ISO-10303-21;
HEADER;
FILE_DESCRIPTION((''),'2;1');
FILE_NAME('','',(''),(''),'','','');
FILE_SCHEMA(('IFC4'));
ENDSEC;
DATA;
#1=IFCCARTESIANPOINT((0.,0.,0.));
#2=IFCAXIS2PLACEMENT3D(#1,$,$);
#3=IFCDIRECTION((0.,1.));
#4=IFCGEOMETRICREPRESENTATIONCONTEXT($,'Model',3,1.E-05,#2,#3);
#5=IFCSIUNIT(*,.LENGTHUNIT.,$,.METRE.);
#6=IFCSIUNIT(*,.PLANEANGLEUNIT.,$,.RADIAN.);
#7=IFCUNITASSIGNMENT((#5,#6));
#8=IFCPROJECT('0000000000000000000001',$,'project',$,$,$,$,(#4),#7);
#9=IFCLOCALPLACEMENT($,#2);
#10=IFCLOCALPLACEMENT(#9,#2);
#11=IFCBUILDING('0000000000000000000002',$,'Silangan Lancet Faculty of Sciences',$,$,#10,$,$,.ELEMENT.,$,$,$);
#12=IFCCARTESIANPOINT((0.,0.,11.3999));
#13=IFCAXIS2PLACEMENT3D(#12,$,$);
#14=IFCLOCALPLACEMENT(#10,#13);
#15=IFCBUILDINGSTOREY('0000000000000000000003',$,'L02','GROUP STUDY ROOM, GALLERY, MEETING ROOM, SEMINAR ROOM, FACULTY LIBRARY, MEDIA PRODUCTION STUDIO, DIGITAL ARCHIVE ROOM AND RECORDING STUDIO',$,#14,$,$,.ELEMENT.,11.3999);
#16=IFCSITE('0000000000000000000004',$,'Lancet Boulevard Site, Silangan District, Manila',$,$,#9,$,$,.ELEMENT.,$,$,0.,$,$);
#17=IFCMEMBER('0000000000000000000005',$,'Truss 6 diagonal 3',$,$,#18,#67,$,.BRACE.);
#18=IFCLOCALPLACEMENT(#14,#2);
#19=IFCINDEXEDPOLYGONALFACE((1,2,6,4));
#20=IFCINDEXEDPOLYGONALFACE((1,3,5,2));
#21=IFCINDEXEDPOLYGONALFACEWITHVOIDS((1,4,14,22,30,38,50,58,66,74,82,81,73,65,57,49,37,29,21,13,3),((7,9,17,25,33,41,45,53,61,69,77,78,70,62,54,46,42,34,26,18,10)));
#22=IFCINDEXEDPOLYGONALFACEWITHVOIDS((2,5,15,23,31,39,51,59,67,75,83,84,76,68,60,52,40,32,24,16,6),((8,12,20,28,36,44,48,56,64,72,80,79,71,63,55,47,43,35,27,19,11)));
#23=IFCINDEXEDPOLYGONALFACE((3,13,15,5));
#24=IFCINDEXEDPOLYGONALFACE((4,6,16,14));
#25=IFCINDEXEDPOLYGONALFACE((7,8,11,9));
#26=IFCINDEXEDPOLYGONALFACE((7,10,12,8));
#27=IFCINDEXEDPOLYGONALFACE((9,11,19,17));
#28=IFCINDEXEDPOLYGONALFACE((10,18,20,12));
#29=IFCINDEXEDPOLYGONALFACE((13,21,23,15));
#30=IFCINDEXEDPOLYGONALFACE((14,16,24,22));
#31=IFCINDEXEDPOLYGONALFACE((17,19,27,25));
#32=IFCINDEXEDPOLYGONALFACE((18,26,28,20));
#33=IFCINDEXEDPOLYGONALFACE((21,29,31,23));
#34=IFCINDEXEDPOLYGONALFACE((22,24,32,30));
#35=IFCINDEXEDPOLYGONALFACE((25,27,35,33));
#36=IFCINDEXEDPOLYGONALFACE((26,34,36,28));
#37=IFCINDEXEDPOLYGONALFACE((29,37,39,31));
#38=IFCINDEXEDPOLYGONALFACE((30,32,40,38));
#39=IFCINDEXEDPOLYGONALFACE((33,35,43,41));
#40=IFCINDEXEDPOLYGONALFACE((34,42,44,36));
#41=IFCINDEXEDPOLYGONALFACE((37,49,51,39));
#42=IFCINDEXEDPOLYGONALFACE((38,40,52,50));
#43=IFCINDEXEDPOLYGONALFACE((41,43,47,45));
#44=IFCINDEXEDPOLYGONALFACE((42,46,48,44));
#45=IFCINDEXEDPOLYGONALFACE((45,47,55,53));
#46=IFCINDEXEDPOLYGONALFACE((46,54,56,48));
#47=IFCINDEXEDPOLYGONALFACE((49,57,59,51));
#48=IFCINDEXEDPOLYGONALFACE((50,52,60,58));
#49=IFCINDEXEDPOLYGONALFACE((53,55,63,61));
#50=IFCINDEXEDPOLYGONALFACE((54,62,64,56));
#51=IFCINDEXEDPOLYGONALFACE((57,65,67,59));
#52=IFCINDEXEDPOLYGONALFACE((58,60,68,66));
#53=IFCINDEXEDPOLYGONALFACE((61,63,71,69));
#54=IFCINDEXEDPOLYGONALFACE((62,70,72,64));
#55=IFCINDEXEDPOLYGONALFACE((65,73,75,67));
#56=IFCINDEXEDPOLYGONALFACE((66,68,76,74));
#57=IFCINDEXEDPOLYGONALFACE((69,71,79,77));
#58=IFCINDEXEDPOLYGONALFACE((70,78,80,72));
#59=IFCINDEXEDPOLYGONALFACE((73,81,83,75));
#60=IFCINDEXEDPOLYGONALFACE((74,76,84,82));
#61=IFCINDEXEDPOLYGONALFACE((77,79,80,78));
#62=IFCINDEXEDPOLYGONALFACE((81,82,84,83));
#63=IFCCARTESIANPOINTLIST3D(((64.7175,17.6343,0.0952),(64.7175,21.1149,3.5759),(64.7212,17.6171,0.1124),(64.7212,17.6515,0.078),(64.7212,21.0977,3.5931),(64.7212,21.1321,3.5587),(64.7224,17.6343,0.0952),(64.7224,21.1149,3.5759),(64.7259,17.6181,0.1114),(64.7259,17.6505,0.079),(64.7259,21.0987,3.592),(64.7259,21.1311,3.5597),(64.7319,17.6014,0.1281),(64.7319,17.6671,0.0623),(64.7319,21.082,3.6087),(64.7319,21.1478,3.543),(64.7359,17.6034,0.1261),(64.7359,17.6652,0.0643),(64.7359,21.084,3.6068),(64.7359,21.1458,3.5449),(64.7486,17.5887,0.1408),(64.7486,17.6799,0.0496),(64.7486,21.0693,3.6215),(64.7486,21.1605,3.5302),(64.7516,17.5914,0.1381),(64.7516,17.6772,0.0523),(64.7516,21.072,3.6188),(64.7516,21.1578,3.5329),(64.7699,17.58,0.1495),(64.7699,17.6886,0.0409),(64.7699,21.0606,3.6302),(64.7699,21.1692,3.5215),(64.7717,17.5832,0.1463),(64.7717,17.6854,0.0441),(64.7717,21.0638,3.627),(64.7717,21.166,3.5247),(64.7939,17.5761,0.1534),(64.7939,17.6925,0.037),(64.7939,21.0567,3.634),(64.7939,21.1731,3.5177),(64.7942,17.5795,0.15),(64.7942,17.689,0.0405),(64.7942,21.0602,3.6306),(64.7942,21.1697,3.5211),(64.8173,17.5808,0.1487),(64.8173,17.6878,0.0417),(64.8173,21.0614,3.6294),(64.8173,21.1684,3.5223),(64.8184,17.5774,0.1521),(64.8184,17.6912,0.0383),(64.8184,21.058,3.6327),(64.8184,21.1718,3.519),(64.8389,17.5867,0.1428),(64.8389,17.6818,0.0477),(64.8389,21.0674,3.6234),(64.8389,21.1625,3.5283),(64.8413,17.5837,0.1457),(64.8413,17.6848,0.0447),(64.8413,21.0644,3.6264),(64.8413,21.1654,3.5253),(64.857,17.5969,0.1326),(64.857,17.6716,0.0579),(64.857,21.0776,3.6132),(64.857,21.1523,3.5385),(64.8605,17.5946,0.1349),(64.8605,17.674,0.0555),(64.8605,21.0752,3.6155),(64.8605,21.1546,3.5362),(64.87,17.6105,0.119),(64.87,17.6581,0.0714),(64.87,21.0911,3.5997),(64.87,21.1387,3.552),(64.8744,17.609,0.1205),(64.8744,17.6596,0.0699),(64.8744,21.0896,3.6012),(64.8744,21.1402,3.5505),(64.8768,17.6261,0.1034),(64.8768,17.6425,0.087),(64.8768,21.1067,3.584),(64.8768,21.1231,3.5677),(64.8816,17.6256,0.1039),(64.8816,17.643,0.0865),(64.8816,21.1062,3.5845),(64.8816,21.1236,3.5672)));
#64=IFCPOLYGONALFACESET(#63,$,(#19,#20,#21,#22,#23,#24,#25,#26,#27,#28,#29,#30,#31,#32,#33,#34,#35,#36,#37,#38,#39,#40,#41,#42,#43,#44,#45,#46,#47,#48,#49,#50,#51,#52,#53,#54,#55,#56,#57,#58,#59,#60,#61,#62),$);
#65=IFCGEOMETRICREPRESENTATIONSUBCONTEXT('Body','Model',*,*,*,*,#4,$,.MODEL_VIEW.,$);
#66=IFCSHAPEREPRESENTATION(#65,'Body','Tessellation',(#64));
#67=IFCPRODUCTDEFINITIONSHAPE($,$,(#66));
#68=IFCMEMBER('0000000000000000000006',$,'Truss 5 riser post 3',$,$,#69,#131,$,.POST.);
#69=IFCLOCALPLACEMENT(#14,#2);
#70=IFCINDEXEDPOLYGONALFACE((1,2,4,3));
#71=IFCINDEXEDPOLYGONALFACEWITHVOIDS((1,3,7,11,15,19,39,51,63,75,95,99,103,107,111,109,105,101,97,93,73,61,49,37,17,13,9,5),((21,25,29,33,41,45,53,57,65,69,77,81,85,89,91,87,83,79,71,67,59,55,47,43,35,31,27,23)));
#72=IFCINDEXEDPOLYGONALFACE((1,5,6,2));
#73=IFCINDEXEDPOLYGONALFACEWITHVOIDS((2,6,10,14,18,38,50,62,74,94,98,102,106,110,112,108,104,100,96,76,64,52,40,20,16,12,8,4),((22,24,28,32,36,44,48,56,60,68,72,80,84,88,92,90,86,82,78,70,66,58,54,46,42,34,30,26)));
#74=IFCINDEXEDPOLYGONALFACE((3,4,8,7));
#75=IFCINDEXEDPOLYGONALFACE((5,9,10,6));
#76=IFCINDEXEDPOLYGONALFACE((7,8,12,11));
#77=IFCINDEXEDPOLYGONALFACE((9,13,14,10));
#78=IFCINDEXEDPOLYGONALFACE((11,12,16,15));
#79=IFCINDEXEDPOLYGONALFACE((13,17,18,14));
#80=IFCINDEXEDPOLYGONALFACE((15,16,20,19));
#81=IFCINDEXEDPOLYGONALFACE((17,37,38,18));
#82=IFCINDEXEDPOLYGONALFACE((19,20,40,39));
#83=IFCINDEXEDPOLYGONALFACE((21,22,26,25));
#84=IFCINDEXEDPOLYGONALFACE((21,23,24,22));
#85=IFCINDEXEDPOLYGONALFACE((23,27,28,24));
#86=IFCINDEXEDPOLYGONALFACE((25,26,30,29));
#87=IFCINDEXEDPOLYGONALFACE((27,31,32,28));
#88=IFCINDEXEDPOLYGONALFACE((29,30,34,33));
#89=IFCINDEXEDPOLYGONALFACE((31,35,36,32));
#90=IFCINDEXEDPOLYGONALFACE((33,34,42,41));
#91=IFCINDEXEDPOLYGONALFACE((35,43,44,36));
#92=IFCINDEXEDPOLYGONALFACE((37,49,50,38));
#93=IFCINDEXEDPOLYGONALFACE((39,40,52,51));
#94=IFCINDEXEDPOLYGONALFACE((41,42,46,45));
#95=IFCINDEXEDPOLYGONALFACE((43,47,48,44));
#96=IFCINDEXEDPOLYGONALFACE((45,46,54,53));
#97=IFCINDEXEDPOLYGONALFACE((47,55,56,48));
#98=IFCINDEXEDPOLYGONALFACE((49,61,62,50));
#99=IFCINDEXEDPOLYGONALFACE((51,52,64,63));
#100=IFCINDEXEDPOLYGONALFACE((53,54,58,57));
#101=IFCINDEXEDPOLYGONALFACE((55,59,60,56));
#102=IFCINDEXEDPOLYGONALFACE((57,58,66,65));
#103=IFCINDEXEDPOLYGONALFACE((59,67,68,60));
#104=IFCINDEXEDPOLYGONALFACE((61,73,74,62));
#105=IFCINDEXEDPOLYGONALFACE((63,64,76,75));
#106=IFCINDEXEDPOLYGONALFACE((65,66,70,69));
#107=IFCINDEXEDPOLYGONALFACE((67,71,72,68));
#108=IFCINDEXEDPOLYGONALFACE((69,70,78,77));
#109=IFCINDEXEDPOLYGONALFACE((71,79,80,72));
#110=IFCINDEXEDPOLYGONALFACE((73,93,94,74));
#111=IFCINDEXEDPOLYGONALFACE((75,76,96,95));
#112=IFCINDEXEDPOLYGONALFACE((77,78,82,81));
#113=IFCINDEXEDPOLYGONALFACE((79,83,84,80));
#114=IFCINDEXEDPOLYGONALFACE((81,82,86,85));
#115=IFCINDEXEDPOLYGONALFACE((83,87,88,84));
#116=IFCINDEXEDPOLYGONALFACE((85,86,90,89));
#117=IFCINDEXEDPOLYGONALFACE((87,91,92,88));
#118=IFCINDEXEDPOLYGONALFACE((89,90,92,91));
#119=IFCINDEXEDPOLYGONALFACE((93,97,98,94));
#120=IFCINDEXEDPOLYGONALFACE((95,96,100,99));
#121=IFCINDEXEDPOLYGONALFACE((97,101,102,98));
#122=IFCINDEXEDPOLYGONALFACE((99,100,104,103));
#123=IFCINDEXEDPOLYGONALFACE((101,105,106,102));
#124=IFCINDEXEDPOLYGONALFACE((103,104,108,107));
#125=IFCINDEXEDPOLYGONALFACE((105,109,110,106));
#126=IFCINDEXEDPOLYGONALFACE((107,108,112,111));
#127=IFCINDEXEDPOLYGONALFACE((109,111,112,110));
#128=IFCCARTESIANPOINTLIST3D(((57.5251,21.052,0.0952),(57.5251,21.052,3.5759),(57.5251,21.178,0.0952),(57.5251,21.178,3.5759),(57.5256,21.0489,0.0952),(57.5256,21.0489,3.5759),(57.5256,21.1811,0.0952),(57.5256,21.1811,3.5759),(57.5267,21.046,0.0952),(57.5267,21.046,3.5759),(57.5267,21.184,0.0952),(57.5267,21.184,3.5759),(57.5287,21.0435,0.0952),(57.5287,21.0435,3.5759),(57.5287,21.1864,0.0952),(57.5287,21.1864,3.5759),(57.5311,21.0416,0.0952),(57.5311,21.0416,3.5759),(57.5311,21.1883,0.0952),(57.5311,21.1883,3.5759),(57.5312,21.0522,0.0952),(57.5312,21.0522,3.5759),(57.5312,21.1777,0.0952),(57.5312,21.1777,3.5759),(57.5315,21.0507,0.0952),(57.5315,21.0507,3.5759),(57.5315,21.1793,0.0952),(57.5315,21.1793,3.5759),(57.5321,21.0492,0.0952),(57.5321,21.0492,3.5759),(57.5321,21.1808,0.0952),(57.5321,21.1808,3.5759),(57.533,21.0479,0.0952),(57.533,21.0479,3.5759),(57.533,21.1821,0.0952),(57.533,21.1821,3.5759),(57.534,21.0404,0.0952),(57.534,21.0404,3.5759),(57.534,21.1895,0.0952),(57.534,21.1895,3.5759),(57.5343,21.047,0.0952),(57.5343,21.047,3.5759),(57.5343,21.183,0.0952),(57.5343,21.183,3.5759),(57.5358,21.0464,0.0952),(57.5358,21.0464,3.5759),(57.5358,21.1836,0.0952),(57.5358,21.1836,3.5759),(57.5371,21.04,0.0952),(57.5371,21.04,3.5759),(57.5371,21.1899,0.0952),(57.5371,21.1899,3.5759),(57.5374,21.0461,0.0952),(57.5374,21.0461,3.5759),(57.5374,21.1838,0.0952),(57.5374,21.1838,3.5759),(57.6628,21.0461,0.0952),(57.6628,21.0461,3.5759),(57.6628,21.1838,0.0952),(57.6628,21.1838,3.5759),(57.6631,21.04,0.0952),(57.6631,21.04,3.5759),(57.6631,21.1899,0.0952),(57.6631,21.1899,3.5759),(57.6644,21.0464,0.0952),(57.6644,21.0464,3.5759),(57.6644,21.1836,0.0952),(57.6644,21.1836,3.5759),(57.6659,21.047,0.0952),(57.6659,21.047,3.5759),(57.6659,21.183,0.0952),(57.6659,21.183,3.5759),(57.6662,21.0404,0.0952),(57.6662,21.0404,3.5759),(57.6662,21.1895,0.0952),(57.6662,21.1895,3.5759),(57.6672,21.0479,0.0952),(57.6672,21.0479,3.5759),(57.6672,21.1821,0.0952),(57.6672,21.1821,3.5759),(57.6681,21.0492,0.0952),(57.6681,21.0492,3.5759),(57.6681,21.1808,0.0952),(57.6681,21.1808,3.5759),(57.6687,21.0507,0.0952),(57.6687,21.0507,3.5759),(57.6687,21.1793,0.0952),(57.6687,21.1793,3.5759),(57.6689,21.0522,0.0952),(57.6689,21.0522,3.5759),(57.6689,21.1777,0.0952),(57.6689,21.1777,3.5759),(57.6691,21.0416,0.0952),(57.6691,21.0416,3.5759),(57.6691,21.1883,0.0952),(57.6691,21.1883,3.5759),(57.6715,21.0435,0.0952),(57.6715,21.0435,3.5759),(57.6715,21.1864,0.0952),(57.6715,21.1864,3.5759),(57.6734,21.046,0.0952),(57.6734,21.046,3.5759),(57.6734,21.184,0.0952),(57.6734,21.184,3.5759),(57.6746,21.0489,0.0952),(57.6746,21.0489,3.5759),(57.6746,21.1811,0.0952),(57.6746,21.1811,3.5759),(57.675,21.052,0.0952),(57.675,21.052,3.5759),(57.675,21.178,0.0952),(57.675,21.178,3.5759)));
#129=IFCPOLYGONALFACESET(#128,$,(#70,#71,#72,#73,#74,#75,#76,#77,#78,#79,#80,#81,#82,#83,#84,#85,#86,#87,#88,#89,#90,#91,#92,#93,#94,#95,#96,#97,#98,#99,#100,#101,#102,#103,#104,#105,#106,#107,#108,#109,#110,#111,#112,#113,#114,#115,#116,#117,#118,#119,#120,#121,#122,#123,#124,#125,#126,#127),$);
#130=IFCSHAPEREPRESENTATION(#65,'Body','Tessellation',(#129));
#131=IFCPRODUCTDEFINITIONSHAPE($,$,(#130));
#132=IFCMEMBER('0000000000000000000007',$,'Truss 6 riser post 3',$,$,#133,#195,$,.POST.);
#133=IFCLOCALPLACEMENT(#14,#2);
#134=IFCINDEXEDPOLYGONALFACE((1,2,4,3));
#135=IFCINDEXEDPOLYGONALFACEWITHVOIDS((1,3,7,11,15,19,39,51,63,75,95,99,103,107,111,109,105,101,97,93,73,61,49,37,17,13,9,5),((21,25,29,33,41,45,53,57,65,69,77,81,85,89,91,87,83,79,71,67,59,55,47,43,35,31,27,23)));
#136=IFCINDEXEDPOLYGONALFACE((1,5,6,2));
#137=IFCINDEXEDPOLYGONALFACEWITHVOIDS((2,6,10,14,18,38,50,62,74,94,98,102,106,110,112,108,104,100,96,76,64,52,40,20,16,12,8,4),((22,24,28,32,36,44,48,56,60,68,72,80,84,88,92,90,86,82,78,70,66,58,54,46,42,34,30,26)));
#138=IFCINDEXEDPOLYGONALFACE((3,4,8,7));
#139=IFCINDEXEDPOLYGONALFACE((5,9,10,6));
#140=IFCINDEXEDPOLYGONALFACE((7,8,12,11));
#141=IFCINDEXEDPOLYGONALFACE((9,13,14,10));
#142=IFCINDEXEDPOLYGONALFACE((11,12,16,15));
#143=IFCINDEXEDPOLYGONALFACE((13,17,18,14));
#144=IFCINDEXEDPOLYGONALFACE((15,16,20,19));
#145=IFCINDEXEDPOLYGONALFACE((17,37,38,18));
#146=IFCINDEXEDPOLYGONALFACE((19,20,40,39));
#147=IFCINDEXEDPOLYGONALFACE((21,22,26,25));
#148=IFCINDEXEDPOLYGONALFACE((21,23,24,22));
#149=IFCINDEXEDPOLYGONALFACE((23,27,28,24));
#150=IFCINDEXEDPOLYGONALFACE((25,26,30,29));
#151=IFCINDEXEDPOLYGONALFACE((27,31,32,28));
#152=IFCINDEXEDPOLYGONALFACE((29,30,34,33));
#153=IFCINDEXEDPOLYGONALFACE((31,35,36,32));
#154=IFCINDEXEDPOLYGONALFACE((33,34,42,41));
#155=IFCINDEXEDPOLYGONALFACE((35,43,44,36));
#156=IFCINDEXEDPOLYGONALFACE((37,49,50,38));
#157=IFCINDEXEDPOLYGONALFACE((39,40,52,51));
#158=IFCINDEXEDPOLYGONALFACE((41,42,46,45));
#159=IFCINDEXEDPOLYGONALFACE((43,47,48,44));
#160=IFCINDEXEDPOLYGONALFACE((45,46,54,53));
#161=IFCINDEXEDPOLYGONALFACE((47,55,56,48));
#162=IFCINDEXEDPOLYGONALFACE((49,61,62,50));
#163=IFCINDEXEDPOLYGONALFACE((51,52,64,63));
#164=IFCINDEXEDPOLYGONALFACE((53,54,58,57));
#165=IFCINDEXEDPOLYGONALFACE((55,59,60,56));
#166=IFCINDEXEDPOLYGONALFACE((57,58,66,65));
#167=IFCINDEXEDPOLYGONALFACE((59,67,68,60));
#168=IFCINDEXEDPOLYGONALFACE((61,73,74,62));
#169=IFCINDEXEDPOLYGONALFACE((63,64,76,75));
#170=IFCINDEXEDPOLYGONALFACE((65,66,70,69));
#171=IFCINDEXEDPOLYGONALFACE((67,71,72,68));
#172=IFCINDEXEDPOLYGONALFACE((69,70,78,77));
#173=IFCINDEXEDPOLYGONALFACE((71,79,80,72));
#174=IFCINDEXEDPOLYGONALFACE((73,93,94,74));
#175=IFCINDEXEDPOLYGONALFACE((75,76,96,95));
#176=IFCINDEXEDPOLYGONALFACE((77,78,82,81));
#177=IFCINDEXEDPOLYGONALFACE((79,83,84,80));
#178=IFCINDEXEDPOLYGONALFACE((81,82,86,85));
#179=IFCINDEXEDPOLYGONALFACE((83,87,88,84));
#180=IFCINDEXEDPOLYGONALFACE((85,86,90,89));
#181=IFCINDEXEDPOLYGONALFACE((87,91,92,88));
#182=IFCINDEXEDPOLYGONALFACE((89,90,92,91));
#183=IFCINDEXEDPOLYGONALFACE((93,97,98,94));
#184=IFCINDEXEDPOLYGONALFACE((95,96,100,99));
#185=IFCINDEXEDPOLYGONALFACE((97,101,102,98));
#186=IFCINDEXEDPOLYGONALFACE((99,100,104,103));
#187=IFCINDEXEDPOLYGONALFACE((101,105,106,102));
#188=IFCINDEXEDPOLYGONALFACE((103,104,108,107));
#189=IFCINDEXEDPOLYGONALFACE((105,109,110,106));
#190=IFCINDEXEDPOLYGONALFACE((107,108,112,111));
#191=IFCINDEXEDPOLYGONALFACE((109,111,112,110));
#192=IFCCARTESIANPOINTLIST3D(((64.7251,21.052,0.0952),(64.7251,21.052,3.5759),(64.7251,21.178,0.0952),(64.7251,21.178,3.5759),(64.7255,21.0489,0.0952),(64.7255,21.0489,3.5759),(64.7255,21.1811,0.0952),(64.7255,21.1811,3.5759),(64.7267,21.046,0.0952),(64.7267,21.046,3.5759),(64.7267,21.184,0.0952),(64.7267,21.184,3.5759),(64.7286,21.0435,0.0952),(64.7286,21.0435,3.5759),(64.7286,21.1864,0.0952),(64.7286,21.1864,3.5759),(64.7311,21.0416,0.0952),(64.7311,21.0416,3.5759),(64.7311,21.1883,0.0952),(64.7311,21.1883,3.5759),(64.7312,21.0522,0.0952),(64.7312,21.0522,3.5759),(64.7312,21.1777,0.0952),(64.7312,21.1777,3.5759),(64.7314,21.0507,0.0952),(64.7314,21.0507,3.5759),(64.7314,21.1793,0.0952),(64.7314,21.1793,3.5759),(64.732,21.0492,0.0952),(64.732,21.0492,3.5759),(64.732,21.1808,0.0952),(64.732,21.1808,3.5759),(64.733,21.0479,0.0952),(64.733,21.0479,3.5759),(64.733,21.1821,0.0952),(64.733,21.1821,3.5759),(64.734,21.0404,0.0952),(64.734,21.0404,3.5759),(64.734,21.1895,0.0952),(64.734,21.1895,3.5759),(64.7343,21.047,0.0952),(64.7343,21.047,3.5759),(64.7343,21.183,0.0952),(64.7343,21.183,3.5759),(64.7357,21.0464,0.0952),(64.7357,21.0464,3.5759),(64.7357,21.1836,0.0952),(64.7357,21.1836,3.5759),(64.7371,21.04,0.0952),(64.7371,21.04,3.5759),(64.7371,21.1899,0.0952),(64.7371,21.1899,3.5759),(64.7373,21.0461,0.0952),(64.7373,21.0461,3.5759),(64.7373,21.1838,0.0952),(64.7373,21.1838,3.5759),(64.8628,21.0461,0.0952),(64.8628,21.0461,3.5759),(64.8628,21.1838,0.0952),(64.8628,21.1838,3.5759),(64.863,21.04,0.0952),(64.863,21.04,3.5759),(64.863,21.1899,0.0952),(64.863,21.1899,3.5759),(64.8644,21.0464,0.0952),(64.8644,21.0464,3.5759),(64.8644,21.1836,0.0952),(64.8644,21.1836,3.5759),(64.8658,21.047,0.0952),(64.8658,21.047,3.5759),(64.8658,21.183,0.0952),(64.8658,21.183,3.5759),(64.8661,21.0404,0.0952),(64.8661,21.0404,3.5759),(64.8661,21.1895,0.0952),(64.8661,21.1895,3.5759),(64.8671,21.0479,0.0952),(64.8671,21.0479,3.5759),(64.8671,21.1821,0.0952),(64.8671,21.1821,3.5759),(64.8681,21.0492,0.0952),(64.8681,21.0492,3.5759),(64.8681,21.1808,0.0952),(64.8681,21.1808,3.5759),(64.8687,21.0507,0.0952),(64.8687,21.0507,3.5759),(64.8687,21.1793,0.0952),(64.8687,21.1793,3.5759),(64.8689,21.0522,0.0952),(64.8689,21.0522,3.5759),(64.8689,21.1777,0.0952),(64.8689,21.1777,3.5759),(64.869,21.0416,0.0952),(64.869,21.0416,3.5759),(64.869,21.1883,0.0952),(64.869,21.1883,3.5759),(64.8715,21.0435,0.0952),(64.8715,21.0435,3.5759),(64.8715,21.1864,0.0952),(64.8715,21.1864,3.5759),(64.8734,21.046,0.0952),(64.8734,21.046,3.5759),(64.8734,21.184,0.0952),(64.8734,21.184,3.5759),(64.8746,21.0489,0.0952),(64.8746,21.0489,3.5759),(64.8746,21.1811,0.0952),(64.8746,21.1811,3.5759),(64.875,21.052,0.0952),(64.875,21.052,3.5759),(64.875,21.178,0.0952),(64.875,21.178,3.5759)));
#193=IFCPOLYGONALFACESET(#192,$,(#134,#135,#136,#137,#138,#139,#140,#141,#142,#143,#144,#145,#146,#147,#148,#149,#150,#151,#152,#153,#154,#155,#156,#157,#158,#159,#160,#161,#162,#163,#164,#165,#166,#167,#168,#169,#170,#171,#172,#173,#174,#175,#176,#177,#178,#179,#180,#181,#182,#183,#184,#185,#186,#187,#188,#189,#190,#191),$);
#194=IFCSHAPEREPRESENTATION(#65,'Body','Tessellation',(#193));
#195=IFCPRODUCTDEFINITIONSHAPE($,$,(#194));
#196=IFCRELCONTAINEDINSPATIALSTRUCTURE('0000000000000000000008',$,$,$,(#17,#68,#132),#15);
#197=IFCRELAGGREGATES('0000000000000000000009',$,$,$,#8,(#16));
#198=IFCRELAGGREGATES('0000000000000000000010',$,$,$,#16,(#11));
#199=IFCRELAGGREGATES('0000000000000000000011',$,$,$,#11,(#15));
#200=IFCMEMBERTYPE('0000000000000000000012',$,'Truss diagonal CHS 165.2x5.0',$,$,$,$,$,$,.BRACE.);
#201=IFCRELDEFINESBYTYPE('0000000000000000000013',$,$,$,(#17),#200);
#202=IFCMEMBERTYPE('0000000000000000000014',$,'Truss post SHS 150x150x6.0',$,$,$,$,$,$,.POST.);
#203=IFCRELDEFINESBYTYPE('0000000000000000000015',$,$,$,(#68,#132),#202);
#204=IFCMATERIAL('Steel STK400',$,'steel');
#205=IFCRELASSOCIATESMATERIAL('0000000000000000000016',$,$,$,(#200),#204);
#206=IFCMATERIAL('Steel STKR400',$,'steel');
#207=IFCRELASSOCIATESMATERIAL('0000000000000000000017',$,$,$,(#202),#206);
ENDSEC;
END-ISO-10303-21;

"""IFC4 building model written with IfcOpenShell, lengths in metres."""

from ifc_helpers import new_model, si_unit, direction, frame, origin, origin_2d, place, context, subcontext, project, spatial, hollow_rectangle, hollow_circle, extrude, material, material_profile, profile_set, type_object, element, save


model = new_model("IFC4")

# Units and contexts
model_context = context("Model", 3, precision=1e-05, world=origin(), true_north=direction((0.0, 1.0)))
body_context = subcontext(model_context, "Body", "Model", "MODEL_VIEW")
ifc_project = project(units=[si_unit("LENGTHUNIT", "METRE"), si_unit("PLANEANGLEUNIT", "RADIAN")], contexts=[model_context])

# Site, building, storey
site_placement = place(None, origin())
site = spatial("IfcSite", under=ifc_project, at=site_placement, Name="Lancet Boulevard Site, Silangan District, Manila", CompositionType="ELEMENT", RefElevation=0.0)
building_placement = place(site_placement, origin())
building = spatial("IfcBuilding", under=site, at=building_placement, Name="Silangan Lancet Faculty of Sciences", CompositionType="ELEMENT")
storey_placement = place(building_placement, frame((0.0, 0.0, 11.3999)))
storey = spatial("IfcBuildingStorey", under=building, at=storey_placement, Name="L02", Description="GROUP STUDY ROOM, GALLERY, MEETING ROOM, SEMINAR ROOM, FACULTY LIBRARY, MEDIA PRODUCTION STUDIO, DIGITAL ARCHIVE ROOM AND RECORDING STUDIO", CompositionType="ELEMENT", Elevation=11.3999)

# Members
ifc_material_1 = material(Name="Steel STK400", Category="steel")
ifc_material_profile_1 = material_profile(ifc_material_1, hollow_circle(Radius=0.0825, WallThickness=0.0049, at=origin_2d()), Name="CHS 165.2x5.0")
ifc_profile_set_1 = profile_set([ifc_material_profile_1], Name="Steel STK400")
member_type_1 = type_object("IfcMemberType", Name="Truss diagonal CHS 165.2x5.0", PredefinedType="BRACE", material=ifc_profile_set_1)
member_1_placement = place(storey_placement, frame((64.8, 17.6343, 0.0952), z_axis=(0.0, 0.707107, 0.707107), x_axis=(-1.0, 0.0, 0.0)))
element("IfcMember", 1, at=member_1_placement, inside=storey, type_object=member_type_1, Name="Truss 6 diagonal 3", PredefinedType="BRACE", context=body_context, shape_type="SweptSolid", body=[
    extrude(hollow_circle(Radius=0.0825, WallThickness=0.0049, at=origin_2d()), origin(), (0.0, 0.0, 1.0), 4.9224),
])
ifc_material_2 = material(Name="Steel STKR400", Category="steel")
ifc_material_profile_2 = material_profile(ifc_material_2, hollow_rectangle(XDim=0.1499, YDim=0.1499, WallThickness=0.0061, InnerFilletRadius=0.0061, OuterFilletRadius=0.012, at=origin_2d()), Name="SHS 150x150x6.0")
ifc_profile_set_2 = profile_set([ifc_material_profile_2], Name="Steel STKR400")
member_type_2 = type_object("IfcMemberType", Name="Truss post SHS 150x150x6.0", PredefinedType="POST", material=ifc_profile_set_2)
for number, where, z_axis, x_axis, name in (
    (2, (57.6001, 21.115, 0.0952), (0.0, 0.0, 1.0), (1.0, 0.0, 0.0), "Truss 5 riser post 3"),
    (3, (64.8, 21.115, 0.0952), (0.0, 0.0, 1.0), (1.0, 0.0, 0.0), "Truss 6 riser post 3"),
):
    element("IfcMember", number, at=place(storey_placement, frame(where, z_axis=z_axis, x_axis=x_axis)), inside=storey, type_object=member_type_2, Name=name, PredefinedType="POST", context=body_context, shape_type="SweptSolid", body=[
        extrude(hollow_rectangle(XDim=0.1499, YDim=0.1499, WallThickness=0.0061, InnerFilletRadius=0.0061, OuterFilletRadius=0.012, at=origin_2d()), origin(), (0.0, 0.0, 1.0), 3.4807),
    ])

save(model, "model.ifc")
